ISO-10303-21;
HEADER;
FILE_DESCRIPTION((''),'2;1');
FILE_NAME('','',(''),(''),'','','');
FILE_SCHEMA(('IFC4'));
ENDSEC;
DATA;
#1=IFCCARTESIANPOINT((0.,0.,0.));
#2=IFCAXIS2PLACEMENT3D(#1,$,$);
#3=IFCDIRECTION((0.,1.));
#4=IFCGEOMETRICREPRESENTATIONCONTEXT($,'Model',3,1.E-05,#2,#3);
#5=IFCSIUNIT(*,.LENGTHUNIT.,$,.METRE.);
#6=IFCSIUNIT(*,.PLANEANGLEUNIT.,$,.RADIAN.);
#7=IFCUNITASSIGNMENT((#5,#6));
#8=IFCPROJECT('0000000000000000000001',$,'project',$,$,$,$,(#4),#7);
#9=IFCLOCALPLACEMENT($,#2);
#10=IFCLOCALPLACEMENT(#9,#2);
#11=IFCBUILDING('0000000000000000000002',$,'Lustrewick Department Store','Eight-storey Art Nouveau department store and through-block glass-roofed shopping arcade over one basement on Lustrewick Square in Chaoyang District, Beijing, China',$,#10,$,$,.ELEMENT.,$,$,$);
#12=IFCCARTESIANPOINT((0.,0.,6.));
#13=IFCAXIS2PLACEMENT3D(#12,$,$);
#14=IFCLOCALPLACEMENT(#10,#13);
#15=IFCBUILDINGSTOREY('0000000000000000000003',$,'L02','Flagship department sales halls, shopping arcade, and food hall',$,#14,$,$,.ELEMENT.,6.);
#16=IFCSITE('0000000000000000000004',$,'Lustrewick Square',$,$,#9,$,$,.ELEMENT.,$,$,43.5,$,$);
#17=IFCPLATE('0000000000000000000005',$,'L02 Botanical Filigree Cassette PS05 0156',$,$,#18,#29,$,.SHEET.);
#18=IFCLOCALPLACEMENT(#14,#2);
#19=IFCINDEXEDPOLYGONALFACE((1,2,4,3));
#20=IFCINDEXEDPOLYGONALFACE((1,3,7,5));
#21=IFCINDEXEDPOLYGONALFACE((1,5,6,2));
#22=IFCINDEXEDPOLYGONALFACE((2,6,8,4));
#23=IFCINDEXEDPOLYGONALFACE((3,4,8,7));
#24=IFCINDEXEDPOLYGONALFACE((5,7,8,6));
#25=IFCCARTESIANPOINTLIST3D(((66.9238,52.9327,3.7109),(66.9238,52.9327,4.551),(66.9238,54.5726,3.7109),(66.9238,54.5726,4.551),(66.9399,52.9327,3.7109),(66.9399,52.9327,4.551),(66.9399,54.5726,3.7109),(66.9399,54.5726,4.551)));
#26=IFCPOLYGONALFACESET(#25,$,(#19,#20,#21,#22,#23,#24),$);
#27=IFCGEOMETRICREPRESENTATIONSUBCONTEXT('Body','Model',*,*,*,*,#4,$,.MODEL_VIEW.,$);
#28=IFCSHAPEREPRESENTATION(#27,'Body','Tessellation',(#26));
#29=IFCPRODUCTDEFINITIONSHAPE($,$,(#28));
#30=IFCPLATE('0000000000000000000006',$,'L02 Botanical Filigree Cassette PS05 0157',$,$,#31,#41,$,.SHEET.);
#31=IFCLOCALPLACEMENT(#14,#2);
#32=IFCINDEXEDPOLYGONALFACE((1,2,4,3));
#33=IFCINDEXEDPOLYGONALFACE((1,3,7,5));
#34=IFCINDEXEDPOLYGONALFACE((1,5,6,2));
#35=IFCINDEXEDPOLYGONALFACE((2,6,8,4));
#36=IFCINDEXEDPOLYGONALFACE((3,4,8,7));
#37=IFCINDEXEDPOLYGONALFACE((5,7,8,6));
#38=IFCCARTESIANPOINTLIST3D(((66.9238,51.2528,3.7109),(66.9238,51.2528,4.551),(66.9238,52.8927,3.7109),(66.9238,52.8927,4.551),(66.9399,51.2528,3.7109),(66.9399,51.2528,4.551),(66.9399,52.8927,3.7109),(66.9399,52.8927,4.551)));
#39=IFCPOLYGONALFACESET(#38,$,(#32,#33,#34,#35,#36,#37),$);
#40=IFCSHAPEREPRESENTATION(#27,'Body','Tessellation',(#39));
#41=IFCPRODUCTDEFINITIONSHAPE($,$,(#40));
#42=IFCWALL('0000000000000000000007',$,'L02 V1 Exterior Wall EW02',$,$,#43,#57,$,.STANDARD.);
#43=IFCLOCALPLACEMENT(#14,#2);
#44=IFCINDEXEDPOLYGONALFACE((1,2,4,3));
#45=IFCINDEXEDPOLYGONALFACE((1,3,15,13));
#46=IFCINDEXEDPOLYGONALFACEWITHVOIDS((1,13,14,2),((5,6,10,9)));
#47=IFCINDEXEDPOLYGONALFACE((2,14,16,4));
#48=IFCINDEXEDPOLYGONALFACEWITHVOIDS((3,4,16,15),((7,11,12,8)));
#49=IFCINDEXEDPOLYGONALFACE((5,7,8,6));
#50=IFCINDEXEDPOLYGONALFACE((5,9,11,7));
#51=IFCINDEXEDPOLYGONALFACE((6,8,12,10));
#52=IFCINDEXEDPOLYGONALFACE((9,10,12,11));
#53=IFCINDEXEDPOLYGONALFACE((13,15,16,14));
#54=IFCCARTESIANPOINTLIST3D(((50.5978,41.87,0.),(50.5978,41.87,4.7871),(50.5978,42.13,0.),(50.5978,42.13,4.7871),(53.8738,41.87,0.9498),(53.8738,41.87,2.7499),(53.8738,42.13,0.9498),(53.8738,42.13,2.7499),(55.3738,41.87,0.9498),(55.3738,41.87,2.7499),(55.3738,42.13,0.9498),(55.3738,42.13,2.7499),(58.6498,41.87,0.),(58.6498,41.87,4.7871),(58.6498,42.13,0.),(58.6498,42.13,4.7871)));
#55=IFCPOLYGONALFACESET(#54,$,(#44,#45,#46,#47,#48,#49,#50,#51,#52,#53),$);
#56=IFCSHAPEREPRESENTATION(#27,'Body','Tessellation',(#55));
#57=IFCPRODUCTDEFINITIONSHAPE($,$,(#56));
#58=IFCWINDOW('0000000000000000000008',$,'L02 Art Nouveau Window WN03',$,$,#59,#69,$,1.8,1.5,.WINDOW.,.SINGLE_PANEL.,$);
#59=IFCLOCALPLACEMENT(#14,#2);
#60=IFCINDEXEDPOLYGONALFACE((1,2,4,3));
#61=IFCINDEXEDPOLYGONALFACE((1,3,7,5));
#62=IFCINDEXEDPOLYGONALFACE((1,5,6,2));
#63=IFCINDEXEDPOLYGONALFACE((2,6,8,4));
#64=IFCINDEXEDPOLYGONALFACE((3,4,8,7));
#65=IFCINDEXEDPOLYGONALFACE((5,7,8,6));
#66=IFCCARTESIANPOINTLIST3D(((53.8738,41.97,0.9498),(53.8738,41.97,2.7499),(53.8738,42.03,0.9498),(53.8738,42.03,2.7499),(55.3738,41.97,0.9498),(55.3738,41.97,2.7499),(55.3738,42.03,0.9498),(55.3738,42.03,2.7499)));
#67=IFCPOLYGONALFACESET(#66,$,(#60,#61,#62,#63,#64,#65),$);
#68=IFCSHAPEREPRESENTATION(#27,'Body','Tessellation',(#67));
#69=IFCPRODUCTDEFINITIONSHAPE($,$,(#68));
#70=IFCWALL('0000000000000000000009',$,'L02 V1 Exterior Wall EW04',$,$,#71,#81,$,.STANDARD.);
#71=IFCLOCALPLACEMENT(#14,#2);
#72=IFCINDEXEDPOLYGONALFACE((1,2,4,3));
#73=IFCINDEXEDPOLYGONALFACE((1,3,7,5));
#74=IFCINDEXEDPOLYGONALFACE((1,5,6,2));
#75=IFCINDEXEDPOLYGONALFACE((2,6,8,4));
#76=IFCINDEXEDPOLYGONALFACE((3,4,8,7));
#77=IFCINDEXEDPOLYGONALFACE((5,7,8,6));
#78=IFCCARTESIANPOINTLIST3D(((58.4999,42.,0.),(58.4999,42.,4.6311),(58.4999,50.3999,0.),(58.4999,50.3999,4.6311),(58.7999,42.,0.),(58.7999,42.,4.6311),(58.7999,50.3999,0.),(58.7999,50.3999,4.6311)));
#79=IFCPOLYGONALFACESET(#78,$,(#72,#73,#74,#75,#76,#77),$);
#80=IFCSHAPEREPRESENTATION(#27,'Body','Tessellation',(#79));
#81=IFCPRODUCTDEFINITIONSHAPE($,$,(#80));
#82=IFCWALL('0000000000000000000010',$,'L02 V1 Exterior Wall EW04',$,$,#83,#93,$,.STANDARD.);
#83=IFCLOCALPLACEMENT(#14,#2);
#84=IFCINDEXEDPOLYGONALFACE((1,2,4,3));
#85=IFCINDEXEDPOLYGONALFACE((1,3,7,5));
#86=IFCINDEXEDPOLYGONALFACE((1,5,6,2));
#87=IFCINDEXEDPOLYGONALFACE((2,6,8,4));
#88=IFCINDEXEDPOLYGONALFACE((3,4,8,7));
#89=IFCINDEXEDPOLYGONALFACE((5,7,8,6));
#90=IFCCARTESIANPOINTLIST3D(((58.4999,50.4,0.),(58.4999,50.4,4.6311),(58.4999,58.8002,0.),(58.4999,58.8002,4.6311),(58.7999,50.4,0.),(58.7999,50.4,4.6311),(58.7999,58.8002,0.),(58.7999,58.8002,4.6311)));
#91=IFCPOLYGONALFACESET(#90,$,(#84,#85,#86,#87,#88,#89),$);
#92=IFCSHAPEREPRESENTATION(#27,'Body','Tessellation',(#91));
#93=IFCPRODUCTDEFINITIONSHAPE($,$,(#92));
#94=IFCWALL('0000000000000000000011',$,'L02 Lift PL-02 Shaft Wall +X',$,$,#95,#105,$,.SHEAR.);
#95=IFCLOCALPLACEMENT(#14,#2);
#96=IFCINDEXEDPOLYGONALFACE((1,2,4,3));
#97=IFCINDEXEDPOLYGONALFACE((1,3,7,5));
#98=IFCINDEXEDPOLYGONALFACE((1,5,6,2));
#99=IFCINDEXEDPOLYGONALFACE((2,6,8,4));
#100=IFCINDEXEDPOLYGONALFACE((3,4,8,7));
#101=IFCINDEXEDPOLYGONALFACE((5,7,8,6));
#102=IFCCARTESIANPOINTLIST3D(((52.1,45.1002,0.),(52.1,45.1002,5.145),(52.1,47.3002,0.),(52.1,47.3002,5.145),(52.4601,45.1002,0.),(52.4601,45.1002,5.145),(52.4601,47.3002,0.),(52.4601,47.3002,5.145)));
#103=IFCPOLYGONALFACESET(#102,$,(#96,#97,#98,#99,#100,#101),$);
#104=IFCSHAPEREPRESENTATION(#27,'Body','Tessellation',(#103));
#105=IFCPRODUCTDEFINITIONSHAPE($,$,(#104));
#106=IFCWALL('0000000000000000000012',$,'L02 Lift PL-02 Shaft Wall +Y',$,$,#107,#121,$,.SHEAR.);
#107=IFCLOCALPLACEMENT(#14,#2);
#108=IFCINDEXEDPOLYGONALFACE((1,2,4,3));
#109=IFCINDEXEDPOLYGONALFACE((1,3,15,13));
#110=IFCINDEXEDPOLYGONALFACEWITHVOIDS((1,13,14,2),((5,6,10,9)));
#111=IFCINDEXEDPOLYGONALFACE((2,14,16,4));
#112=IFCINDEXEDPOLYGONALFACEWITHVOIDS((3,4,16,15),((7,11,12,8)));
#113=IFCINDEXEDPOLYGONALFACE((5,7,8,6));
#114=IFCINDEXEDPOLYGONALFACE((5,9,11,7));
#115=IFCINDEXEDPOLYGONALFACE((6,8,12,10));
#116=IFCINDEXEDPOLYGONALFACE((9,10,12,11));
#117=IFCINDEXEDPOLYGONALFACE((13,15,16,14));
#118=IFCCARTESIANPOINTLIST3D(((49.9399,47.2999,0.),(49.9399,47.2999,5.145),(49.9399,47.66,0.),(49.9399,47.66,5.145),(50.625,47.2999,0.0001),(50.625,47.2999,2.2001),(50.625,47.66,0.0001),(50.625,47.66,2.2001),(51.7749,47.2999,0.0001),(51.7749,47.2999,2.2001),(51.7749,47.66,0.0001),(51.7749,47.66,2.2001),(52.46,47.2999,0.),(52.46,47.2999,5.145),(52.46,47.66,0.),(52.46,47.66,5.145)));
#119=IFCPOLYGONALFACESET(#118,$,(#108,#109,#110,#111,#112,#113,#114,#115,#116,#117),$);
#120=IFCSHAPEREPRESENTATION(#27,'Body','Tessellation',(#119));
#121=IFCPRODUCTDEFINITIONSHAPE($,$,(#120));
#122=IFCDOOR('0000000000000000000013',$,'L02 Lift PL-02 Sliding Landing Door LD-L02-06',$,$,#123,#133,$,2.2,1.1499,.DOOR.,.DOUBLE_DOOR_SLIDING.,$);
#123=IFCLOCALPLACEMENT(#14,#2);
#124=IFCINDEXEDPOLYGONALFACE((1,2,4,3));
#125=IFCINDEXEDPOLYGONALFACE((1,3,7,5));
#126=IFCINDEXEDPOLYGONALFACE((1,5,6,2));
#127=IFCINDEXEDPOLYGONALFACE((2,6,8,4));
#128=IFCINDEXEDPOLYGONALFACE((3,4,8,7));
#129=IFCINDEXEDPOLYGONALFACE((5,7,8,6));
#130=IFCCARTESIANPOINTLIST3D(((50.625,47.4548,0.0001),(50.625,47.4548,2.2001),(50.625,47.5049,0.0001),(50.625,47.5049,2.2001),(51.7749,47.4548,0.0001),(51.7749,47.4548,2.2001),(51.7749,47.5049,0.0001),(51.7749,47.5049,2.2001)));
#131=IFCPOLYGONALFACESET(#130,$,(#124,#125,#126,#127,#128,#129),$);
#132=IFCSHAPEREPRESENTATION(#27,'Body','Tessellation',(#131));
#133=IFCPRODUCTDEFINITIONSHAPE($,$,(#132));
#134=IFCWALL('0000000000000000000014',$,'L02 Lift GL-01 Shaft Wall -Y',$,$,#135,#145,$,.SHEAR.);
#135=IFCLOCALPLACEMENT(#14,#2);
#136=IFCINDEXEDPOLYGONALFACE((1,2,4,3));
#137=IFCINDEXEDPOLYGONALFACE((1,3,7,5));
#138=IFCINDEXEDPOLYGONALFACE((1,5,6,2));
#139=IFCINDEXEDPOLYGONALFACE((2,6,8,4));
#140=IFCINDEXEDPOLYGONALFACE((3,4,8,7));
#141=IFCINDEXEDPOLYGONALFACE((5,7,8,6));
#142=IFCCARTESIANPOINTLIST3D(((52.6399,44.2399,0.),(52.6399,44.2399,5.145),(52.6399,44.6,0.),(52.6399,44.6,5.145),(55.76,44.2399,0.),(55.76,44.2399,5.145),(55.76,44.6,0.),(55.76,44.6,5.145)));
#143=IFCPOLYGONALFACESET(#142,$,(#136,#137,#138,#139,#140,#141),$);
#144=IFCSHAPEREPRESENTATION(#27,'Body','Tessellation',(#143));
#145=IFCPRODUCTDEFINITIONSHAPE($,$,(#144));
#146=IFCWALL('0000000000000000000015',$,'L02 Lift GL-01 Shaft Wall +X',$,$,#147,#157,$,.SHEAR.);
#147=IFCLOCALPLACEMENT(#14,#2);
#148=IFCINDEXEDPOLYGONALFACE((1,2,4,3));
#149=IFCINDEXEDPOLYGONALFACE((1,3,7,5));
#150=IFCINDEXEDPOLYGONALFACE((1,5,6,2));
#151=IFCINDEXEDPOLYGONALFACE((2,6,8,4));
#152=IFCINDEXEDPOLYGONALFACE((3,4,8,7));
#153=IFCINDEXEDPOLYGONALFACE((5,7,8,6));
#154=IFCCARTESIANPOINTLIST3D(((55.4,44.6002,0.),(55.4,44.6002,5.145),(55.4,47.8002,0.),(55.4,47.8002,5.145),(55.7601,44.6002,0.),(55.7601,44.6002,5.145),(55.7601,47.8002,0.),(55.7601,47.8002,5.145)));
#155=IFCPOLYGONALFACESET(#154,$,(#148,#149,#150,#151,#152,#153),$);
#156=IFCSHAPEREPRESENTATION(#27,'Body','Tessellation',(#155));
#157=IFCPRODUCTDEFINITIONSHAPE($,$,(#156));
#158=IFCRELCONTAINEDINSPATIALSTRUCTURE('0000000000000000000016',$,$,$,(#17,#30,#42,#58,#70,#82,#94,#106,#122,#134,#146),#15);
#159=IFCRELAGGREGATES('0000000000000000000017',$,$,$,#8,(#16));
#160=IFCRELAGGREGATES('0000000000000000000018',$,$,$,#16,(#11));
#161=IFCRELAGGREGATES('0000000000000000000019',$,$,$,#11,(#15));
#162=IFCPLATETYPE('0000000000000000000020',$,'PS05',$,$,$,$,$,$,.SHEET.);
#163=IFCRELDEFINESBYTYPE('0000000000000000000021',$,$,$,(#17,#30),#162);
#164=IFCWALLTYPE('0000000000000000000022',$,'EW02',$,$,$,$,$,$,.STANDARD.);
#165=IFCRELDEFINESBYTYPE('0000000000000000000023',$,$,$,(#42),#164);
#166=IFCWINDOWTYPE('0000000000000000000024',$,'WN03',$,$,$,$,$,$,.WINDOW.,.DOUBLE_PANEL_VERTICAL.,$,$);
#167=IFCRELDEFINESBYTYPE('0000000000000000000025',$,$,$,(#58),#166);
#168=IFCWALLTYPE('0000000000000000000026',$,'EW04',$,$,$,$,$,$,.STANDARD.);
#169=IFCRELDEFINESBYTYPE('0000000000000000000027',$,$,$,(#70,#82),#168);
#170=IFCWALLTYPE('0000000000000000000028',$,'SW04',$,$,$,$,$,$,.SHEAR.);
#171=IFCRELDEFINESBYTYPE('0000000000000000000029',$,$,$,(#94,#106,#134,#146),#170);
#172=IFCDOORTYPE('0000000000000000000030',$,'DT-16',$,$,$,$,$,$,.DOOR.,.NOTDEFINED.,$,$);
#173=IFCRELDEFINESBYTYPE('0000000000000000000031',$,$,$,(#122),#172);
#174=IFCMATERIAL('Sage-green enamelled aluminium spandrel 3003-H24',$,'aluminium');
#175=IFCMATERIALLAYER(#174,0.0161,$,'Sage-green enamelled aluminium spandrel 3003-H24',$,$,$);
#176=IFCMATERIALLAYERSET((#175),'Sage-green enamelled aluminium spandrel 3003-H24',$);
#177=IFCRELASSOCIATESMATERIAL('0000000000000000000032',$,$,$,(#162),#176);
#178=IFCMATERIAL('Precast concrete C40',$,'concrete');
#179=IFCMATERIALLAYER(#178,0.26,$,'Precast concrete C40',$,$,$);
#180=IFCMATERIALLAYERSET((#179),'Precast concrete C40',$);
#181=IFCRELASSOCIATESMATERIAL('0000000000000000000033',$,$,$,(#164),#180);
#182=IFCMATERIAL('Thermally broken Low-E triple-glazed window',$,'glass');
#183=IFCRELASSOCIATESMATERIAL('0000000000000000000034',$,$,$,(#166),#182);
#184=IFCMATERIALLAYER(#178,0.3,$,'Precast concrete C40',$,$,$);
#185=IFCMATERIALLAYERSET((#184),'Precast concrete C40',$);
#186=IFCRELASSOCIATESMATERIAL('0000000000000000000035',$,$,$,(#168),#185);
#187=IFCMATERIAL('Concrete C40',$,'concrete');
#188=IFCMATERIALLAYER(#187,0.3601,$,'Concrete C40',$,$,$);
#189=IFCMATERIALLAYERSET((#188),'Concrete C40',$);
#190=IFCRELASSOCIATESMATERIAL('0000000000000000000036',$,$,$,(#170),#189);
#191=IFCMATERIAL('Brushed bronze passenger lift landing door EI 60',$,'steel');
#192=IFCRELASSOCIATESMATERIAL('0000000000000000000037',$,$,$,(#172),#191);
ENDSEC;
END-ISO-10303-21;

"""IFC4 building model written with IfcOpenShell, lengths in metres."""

from ifc_helpers import new_model, si_unit, direction, frame, frame_2d, origin, origin_2d, place, context, subcontext, project, spatial, rectangle, extrude, material, layer, layer_set, type_object, element, fill, save


model = new_model("IFC4")

# Units and contexts
model_context = context("Model", 3, precision=1e-05, world=origin(), true_north=direction((0.0, 1.0)))
body_context = subcontext(model_context, "Body", "Model", "MODEL_VIEW")
ifc_project = project(units=[si_unit("LENGTHUNIT", "METRE"), si_unit("PLANEANGLEUNIT", "RADIAN")], contexts=[model_context])

# Site, building, storey
site_placement = place(None, origin())
site = spatial("IfcSite", under=ifc_project, at=site_placement, Name="Lustrewick Square", CompositionType="ELEMENT", RefElevation=43.5)
building_placement = place(site_placement, origin())
building = spatial("IfcBuilding", under=site, at=building_placement, Name="Lustrewick Department Store", Description="Eight-storey Art Nouveau department store and through-block glass-roofed shopping arcade over one basement on Lustrewick Square in Chaoyang District, Beijing, China", CompositionType="ELEMENT")
storey_placement = place(building_placement, frame((0.0, 0.0, 6.0)))
storey = spatial("IfcBuildingStorey", under=building, at=storey_placement, Name="L02", Description="Flagship department sales halls, shopping arcade, and food hall", CompositionType="ELEMENT", Elevation=6.0)

# Shared definitions
ifc_material_1 = material(Name="Concrete C40", Category="concrete")

# Plates
ifc_material_2 = material(Name="Sage-green enamelled aluminium spandrel 3003-H24", Category="aluminium")
ifc_layer_1 = layer(ifc_material_2, 0.0161, Name="Sage-green enamelled aluminium spandrel 3003-H24")
ifc_layer_set_1 = layer_set([ifc_layer_1], Name="Sage-green enamelled aluminium spandrel 3003-H24")
plate_type_1 = type_object("IfcPlateType", Name="PS05", PredefinedType="SHEET", material=ifc_layer_set_1)
for number, where, z_axis, x_axis, name in (
    (1, (66.9319, 53.7527, 3.7109), (0.0, 0.0, 1.0), (0.0, -1.0, 0.0), "L02 Botanical Filigree Cassette PS05 0156"),
    (2, (66.9319, 52.0728, 3.7109), (0.0, 0.0, 1.0), (0.0, -1.0, 0.0), "L02 Botanical Filigree Cassette PS05 0157"),
):
    element("IfcPlate", number, at=place(storey_placement, frame(where, z_axis=z_axis, x_axis=x_axis)), inside=storey, type_object=plate_type_1, Name=name, PredefinedType="SHEET", context=body_context, shape_type="SweptSolid", body=[
        extrude(rectangle(XDim=1.6399, YDim=0.0161, at=origin_2d()), origin(), (0.0, 0.0, 1.0), 0.8401),
    ])

# Wall, opening, window
ifc_material_3 = material(Name="Precast concrete C40", Category="concrete")
ifc_layer_2 = layer(ifc_material_3, 0.26, Name="Precast concrete C40")
ifc_layer_set_2 = layer_set([ifc_layer_2], Name="Precast concrete C40")
wall_type_1 = type_object("IfcWallType", Name="EW02", PredefinedType="STANDARD", material=ifc_layer_set_2)
wall_1_placement = place(storey_placement, frame((50.5979, 42.0, 0.0), z_axis=(0.0, 0.0, 1.0), x_axis=(1.0, 0.0, 0.0)))
wall_1 = element("IfcWall", 3, at=wall_1_placement, inside=storey, type_object=wall_type_1, Name="L02 V1 Exterior Wall EW02", PredefinedType="STANDARD", context=body_context, shape_type="SweptSolid", body=[
    extrude(rectangle(XDim=8.052, YDim=0.26, at=frame_2d((4.0259, 0.0))), origin(), (0.0, 0.0, 1.0), 4.7871),
])
opening_1_placement = place(wall_1_placement, frame((3.2759, 0.0, 0.95)))
opening_1 = element("IfcOpeningElement", 4, at=opening_1_placement, cuts=wall_1, PredefinedType="OPENING", context=body_context, shape_type="SweptSolid", body=[
    extrude(rectangle(XDim=1.5, YDim=1.8, at=frame_2d((0.75, 0.8999))), frame((0.0, 0.1401, 0.0), z_axis=(0.0, -1.0, 0.0), x_axis=(1.0, 0.0, 0.0)), (0.0, 0.0, 1.0), 0.28),
])
ifc_material_4 = material(Name="Thermally broken Low-E triple-glazed window", Category="glass")
window_type = type_object("IfcWindowType", Name="WN03", PartitioningType="DOUBLE_PANEL_VERTICAL", PredefinedType="WINDOW", material=ifc_material_4)
window_placement = place(opening_1_placement, origin())
window = element("IfcWindow", 5, at=window_placement, inside=storey, type_object=window_type, Name="L02 Art Nouveau Window WN03", OverallHeight=1.8, OverallWidth=1.5, PartitioningType="SINGLE_PANEL", PredefinedType="WINDOW", context=body_context, shape_type="SweptSolid", body=[
    extrude(rectangle(XDim=1.5, YDim=1.8, at=frame_2d((0.75, 0.8999))), frame((0.0, 0.03, 0.0), z_axis=(0.0, -1.0, 0.0), x_axis=(1.0, 0.0, 0.0)), (0.0, 0.0, 1.0), 0.0601),
])
fill(opening_1, window)

# Walls
ifc_layer_3 = layer(ifc_material_3, 0.3, Name="Precast concrete C40")
ifc_layer_set_3 = layer_set([ifc_layer_3], Name="Precast concrete C40")
wall_type_2 = type_object("IfcWallType", Name="EW04", PredefinedType="STANDARD", material=ifc_layer_set_3)
wall_2_placement = place(storey_placement, frame((58.6499, 42.0, 0.0), z_axis=(0.0, 0.0, 1.0), x_axis=(0.0, 1.0, 0.0)))
element("IfcWall", 6, at=wall_2_placement, inside=storey, type_object=wall_type_2, Name="L02 V1 Exterior Wall EW04", PredefinedType="STANDARD", context=body_context, shape_type="SweptSolid", body=[
    extrude(rectangle(XDim=8.3999, YDim=0.3, at=frame_2d((4.2, 0.0))), origin(), (0.0, 0.0, 1.0), 4.6311),
])
wall_3_placement = place(storey_placement, frame((58.6499, 50.3999, 0.0), z_axis=(0.0, 0.0, 1.0), x_axis=(0.0, 1.0, 0.0)))
element("IfcWall", 7, at=wall_3_placement, inside=storey, type_object=wall_type_2, Name="L02 V1 Exterior Wall EW04", PredefinedType="STANDARD", context=body_context, shape_type="SweptSolid", body=[
    extrude(rectangle(XDim=8.4001, YDim=0.3, at=frame_2d((4.2002, 0.0))), origin(), (0.0, 0.0, 1.0), 4.6311),
])
ifc_layer_4 = layer(ifc_material_1, 0.3601, Name="Concrete C40")
ifc_layer_set_4 = layer_set([ifc_layer_4], Name="Concrete C40")
wall_type_3 = type_object("IfcWallType", Name="SW04", PredefinedType="SHEAR", material=ifc_layer_set_4)
wall_4_placement = place(storey_placement, frame((52.28, 45.1001, 0.0), z_axis=(0.0, 0.0, 1.0), x_axis=(0.0, 1.0, 0.0)))
element("IfcWall", 8, at=wall_4_placement, inside=storey, type_object=wall_type_3, Name="L02 Lift PL-02 Shaft Wall +X", PredefinedType="SHEAR", context=body_context, shape_type="SweptSolid", body=[
    extrude(rectangle(XDim=2.2, YDim=0.3601, at=frame_2d((1.1001, 0.0))), origin(), (0.0, 0.0, 1.0), 5.145),
])

# Wall, opening, door
wall_5_placement = place(storey_placement, frame((52.46, 47.48, 0.0), z_axis=(0.0, 0.0, 1.0), x_axis=(-1.0, 0.0, 0.0)))
wall_5 = element("IfcWall", 9, at=wall_5_placement, inside=storey, type_object=wall_type_3, Name="L02 Lift PL-02 Shaft Wall +Y", PredefinedType="SHEAR", context=body_context, shape_type="SweptSolid", body=[
    extrude(rectangle(XDim=2.52, YDim=0.3601, at=frame_2d((1.26, 0.0))), origin(), (0.0, 0.0, 1.0), 5.145),
])
opening_2_placement = place(wall_5_placement, frame((0.6851, 0.0, 0.0)))
opening_2 = element("IfcOpeningElement", 10, at=opening_2_placement, cuts=wall_5, PredefinedType="OPENING", context=body_context, shape_type="SweptSolid", body=[
    extrude(rectangle(XDim=1.1499, YDim=2.2, at=frame_2d((0.575, 1.1001))), frame((0.0, 0.1899, 0.0), z_axis=(0.0, -1.0, 0.0), x_axis=(1.0, 0.0, 0.0)), (0.0, 0.0, 1.0), 0.3801),
])
ifc_material_5 = material(Name="Brushed bronze passenger lift landing door EI 60", Category="steel")
door_type_1 = type_object("IfcDoorType", Name="DT-16", OperationType="NOTDEFINED", PredefinedType="DOOR", material=ifc_material_5)
door_1_placement = place(opening_2_placement, frame((1.1499, 0.0, 0.0), z_axis=(0.0, 0.0, 1.0), x_axis=(-1.0, 0.0, 0.0)))
door_1 = element("IfcDoor", 11, at=door_1_placement, inside=storey, type_object=door_type_1, Name="L02 Lift PL-02 Sliding Landing Door LD-L02-06", OperationType="DOUBLE_DOOR_SLIDING", OverallHeight=2.2, OverallWidth=1.1499, PredefinedType="DOOR", context=body_context, shape_type="SweptSolid", body=[
    extrude(rectangle(XDim=1.1499, YDim=2.2, at=frame_2d((0.575, 1.1001))), frame((0.0, 0.0249, 0.0), z_axis=(0.0, -1.0, 0.0), x_axis=(1.0, 0.0, 0.0)), (0.0, 0.0, 1.0), 0.05),
])
fill(opening_2, door_1)

# Walls
wall_6_placement = place(storey_placement, frame((52.6399, 44.4199, 0.0), z_axis=(0.0, 0.0, 1.0), x_axis=(1.0, 0.0, 0.0)))
element("IfcWall", 12, at=wall_6_placement, inside=storey, type_object=wall_type_3, Name="L02 Lift GL-01 Shaft Wall -Y", PredefinedType="SHEAR", context=body_context, shape_type="SweptSolid", body=[
    extrude(rectangle(XDim=3.1201, YDim=0.3601, at=frame_2d((1.5601, 0.0))), origin(), (0.0, 0.0, 1.0), 5.145),
])
wall_7_placement = place(storey_placement, frame((55.5801, 44.6001, 0.0), z_axis=(0.0, 0.0, 1.0), x_axis=(0.0, 1.0, 0.0)))
element("IfcWall", 13, at=wall_7_placement, inside=storey, type_object=wall_type_3, Name="L02 Lift GL-01 Shaft Wall +X", PredefinedType="SHEAR", context=body_context, shape_type="SweptSolid", body=[
    extrude(rectangle(XDim=3.2, YDim=0.3601, at=frame_2d((1.6001, 0.0))), origin(), (0.0, 0.0, 1.0), 5.145),
])

save(model, "model.ifc")
